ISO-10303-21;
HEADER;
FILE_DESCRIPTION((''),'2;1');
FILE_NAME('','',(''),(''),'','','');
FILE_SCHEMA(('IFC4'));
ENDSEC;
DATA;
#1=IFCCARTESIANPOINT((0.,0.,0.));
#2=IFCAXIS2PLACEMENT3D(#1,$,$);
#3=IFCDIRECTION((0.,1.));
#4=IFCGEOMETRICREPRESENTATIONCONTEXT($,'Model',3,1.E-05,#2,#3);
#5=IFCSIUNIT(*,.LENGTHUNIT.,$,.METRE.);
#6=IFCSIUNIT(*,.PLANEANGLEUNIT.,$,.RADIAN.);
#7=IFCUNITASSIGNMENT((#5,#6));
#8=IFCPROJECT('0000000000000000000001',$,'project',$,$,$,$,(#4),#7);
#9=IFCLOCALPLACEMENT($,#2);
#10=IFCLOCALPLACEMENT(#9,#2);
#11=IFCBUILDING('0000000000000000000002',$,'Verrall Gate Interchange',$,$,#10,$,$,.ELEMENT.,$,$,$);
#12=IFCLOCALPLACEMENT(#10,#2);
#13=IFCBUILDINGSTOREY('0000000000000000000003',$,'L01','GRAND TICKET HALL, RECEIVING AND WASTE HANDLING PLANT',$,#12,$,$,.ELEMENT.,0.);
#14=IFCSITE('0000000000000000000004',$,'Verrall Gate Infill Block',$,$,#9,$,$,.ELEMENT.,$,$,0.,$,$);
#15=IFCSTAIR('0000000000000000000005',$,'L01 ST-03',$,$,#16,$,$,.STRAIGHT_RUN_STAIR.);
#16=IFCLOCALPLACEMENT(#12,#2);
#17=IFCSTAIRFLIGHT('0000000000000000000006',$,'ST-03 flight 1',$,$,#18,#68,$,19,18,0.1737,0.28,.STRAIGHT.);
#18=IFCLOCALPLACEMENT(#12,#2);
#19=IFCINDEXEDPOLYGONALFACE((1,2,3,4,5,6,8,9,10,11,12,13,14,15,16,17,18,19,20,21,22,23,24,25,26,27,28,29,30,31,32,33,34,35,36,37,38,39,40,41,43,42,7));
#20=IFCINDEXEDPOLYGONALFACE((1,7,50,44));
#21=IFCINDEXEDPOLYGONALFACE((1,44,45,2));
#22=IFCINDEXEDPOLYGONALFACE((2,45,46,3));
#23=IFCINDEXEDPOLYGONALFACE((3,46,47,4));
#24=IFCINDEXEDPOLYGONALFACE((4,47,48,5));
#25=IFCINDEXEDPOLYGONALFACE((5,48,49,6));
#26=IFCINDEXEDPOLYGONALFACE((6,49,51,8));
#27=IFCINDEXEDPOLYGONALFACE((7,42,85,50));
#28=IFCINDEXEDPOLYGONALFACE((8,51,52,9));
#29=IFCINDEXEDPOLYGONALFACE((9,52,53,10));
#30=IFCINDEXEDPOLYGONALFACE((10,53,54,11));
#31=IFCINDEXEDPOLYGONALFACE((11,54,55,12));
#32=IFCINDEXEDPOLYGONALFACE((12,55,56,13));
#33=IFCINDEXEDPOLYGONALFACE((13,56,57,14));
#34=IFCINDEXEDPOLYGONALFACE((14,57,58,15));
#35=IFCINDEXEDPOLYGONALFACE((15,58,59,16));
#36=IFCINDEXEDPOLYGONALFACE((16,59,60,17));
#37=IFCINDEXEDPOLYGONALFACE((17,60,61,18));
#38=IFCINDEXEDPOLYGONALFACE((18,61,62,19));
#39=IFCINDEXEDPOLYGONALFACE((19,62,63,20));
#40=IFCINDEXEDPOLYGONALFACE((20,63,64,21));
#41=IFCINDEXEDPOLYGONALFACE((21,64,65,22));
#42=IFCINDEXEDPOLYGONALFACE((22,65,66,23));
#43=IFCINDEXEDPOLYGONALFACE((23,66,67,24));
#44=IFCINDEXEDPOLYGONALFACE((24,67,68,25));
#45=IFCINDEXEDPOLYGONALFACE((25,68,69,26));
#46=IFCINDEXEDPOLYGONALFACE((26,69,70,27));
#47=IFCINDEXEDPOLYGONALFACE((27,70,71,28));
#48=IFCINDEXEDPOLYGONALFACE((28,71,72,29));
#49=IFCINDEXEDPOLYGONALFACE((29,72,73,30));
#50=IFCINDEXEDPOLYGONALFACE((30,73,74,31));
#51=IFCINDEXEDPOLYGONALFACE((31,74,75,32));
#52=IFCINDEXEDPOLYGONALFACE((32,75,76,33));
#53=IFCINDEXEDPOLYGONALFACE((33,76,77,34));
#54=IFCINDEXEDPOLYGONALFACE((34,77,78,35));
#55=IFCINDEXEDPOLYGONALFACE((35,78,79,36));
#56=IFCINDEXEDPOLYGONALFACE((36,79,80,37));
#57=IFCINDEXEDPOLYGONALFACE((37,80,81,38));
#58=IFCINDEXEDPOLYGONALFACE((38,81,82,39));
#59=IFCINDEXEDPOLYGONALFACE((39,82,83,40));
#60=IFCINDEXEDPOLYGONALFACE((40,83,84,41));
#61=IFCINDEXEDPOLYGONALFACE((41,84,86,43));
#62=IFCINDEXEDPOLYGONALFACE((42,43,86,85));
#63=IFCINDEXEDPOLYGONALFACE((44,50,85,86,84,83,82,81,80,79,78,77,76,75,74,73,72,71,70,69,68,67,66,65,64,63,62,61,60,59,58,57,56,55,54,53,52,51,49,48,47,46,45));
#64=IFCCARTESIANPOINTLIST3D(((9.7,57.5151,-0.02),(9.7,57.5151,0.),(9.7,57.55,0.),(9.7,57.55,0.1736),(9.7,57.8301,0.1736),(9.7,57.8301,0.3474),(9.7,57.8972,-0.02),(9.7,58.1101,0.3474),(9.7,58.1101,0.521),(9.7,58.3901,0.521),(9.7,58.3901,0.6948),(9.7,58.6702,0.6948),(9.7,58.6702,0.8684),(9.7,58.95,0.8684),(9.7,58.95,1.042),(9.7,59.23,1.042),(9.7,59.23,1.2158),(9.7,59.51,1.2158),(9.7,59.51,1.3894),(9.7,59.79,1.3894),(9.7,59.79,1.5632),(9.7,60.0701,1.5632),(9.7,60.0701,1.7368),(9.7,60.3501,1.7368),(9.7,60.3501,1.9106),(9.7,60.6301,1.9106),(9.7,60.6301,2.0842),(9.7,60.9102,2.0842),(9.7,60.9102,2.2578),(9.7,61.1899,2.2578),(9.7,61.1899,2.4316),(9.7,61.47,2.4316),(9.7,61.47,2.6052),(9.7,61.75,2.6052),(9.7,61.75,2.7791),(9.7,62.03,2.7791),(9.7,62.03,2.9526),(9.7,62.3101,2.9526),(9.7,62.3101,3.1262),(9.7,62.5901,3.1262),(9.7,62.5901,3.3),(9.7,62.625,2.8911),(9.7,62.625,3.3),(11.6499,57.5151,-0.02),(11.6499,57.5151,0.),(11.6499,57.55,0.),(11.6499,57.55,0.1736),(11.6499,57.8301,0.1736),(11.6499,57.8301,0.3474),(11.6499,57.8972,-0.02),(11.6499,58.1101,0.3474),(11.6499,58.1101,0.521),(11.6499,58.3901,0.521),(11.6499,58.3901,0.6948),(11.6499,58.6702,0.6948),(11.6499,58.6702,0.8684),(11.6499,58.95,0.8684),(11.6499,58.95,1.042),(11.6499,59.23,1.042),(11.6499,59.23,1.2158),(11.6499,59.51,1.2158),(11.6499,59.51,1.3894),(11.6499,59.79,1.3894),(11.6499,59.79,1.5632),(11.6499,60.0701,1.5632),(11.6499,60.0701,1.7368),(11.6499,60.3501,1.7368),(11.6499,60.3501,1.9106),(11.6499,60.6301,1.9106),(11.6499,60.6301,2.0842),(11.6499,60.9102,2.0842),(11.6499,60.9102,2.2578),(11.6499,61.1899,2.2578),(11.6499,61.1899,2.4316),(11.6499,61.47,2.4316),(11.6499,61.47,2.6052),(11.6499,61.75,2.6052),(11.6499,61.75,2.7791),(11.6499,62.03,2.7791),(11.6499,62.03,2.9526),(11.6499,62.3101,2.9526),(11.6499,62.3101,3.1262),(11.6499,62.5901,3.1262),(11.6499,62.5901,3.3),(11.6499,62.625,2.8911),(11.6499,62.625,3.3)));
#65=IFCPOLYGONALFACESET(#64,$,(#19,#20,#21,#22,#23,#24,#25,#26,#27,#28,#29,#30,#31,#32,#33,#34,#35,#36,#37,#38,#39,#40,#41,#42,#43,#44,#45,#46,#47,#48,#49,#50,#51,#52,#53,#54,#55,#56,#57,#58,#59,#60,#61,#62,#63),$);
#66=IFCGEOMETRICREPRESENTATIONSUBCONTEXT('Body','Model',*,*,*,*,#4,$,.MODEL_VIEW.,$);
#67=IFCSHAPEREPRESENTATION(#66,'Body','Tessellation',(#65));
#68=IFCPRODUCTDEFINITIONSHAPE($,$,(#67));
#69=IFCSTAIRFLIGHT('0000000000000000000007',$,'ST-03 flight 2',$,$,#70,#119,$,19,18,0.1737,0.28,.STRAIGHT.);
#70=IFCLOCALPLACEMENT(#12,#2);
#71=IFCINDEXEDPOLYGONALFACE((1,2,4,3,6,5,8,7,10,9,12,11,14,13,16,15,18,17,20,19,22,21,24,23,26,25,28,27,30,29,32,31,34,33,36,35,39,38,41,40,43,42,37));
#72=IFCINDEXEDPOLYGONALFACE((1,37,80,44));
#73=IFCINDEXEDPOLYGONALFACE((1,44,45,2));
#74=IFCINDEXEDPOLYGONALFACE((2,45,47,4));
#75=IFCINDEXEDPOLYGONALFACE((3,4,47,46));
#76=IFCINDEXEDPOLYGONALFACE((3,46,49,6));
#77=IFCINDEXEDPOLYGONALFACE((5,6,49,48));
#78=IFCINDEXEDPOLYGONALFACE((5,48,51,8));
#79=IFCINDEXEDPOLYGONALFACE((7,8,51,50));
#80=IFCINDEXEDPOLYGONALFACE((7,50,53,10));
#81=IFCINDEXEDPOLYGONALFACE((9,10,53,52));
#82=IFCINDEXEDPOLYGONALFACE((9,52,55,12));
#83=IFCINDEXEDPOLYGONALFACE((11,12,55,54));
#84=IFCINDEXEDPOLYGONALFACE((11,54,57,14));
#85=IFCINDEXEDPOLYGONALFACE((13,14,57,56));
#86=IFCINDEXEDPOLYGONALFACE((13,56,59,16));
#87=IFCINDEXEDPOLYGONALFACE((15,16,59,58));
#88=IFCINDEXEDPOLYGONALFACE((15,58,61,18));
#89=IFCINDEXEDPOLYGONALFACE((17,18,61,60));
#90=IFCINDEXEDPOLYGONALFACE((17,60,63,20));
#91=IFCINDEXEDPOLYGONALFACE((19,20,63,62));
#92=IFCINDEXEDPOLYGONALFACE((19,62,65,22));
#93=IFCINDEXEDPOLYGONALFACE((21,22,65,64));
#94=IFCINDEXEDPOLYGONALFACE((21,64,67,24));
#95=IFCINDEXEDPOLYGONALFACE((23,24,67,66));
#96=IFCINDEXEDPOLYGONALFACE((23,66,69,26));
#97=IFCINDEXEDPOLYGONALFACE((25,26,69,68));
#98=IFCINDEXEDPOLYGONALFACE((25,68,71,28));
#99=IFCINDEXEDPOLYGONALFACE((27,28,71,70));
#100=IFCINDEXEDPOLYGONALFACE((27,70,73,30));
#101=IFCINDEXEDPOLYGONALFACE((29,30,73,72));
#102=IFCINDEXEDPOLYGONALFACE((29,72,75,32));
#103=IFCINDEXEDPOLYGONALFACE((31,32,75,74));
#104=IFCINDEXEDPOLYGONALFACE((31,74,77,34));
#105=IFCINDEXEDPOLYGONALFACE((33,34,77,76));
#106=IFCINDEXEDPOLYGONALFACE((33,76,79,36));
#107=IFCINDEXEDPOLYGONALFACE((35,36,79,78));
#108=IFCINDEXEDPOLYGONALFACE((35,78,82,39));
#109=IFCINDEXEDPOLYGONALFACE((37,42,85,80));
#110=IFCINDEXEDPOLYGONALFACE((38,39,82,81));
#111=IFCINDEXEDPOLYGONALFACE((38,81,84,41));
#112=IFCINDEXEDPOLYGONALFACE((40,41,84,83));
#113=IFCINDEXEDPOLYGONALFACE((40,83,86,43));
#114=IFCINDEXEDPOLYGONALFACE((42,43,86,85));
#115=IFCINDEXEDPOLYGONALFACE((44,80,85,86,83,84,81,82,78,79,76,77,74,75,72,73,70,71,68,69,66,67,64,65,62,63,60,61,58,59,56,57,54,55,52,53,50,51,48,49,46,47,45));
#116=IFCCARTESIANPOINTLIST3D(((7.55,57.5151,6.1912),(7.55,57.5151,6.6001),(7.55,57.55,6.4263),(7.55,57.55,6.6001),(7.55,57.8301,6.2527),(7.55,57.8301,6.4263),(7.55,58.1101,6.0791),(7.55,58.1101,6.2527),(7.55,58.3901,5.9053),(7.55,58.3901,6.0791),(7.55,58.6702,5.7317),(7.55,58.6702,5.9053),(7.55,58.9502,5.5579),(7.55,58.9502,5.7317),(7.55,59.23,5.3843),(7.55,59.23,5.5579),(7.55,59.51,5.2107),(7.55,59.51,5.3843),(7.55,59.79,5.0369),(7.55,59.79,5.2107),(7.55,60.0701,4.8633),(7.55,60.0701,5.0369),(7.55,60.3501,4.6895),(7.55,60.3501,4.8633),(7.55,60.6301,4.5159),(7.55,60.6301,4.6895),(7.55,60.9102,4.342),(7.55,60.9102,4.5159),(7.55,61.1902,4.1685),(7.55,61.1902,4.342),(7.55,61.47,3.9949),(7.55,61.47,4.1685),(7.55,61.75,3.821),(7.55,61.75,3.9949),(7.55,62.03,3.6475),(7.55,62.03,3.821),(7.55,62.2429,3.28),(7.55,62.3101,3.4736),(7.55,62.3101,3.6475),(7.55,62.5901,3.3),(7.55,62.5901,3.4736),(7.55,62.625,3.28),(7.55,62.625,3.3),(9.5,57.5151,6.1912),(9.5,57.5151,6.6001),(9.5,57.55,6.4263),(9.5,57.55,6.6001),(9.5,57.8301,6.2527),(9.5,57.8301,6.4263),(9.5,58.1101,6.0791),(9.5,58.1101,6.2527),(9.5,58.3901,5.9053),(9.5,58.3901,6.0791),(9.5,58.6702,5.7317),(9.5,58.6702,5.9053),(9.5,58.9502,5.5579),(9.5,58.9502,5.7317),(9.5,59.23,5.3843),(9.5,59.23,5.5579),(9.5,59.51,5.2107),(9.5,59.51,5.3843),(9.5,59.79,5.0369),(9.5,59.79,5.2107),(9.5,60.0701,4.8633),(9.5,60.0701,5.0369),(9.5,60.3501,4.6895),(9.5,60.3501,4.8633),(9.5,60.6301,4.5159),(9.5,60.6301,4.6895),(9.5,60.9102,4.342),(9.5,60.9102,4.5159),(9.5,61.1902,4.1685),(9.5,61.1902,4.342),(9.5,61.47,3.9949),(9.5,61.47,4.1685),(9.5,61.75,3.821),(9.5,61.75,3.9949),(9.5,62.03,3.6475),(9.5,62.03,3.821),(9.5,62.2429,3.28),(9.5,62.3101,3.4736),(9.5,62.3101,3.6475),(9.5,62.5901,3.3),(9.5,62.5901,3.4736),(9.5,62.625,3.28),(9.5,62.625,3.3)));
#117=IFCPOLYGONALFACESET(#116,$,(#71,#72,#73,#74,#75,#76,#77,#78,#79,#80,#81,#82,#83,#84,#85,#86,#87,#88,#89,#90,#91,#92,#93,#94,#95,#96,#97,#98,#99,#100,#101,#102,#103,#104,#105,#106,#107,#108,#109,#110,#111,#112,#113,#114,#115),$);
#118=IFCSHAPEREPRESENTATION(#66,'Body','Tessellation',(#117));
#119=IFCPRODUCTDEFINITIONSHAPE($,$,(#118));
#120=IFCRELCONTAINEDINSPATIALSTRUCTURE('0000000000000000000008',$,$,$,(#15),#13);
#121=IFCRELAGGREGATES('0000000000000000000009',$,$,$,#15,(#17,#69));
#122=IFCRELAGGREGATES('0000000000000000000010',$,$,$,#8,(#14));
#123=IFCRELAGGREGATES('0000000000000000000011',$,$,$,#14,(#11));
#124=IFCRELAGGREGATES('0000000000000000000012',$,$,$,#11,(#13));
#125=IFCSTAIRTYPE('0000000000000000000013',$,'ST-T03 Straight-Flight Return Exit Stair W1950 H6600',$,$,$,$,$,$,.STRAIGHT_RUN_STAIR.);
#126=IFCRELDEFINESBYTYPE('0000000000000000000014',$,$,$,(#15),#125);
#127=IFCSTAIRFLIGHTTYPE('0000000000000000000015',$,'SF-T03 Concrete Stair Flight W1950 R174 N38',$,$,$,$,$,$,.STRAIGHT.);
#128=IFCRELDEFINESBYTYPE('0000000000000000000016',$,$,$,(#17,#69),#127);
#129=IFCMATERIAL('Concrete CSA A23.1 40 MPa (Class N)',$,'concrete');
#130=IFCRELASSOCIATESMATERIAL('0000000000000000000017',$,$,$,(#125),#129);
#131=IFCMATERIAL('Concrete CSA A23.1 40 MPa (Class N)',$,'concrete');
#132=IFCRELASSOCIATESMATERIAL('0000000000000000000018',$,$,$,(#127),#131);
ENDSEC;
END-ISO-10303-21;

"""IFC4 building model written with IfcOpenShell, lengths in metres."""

from ifc_helpers import new_model, si_unit, direction, frame, origin, place, context, subcontext, project, spatial, polyline, outline, extrude, material, type_object, element, aggregate, save


model = new_model("IFC4")

# Units and contexts
model_context = context("Model", 3, precision=1e-05, world=origin(), true_north=direction((0.0, 1.0)))
body_context = subcontext(model_context, "Body", "Model", "MODEL_VIEW")
ifc_project = project(units=[si_unit("LENGTHUNIT", "METRE"), si_unit("PLANEANGLEUNIT", "RADIAN")], contexts=[model_context])

# Site, building, storey
site_placement = place(None, origin())
site = spatial("IfcSite", under=ifc_project, at=site_placement, Name="Verrall Gate Infill Block", CompositionType="ELEMENT", RefElevation=0.0)
building_placement = place(site_placement, origin())
building = spatial("IfcBuilding", under=site, at=building_placement, Name="Verrall Gate Interchange", CompositionType="ELEMENT")
storey_placement = place(building_placement, origin())
storey = spatial("IfcBuildingStorey", under=building, at=storey_placement, Name="L01", Description="GRAND TICKET HALL, RECEIVING AND WASTE HANDLING PLANT", CompositionType="ELEMENT", Elevation=0.0)

# Stair, stair flights
ifc_material_1 = material(Name="Concrete CSA A23.1 40 MPa (Class N)", Category="concrete")
stair_type = type_object("IfcStairType", Name="ST-T03 Straight-Flight Return Exit Stair W1950 H6600", PredefinedType="STRAIGHT_RUN_STAIR", material=ifc_material_1)
stair_placement = place(storey_placement, origin())
stair = element("IfcStair", 1, at=stair_placement, inside=storey, type_object=stair_type, Name="L01 ST-03", PredefinedType="STRAIGHT_RUN_STAIR")
ifc_material_2 = material(Name="Concrete CSA A23.1 40 MPa (Class N)", Category="concrete")
stair_flight_type = type_object("IfcStairFlightType", Name="SF-T03 Concrete Stair Flight W1950 R174 N38", PredefinedType="STRAIGHT", material=ifc_material_2)
stair_flight_1_placement = place(storey_placement, frame((10.675, 57.55, 0.0), z_axis=(0.0, 0.0, 1.0), x_axis=(0.0, 1.0, 0.0)))
stair_flight_1 = element("IfcStairFlight", 2, at=stair_flight_1_placement, type_object=stair_flight_type, Name="ST-03 flight 1", NumberOfRisers=19, NumberOfTreads=18, PredefinedType="STRAIGHT", RiserHeight=0.1737, TreadLength=0.28, context=body_context, shape_type="SweptSolid", body=[
    extrude(outline(polyline([(-0.0349, -0.02), (-0.0349, 0.0), (0.0, 0.0), (0.0, 0.1736), (0.28, 0.1736), (0.28, 0.3474), (0.5601, 0.3474), (0.5601, 0.521), (0.8401, 0.521), (0.8401, 0.6948), (1.1201, 0.6948), (1.1201, 0.8684), (1.3999, 0.8684), (1.3999, 1.042), (1.6799, 1.042), (1.6799, 1.2158), (1.96, 1.2158), (1.96, 1.3894), (2.24, 1.3894), (2.24, 1.5632), (2.52, 1.5632), (2.52, 1.7368), (2.8, 1.7368), (2.8, 1.9106), (3.0801, 1.9106), (3.0801, 2.0842), (3.3601, 2.0842), (3.3601, 2.2578), (3.6399, 2.2578), (3.6399, 2.4316), (3.9199, 2.4316), (3.9199, 2.6052), (4.2, 2.6052), (4.2, 2.7791), (4.48, 2.7791), (4.48, 2.9526), (4.76, 2.9526), (4.76, 3.1262), (5.04, 3.1262), (5.04, 3.3), (5.075, 3.3), (5.075, 2.8911), (0.3472, -0.02), (-0.0349, -0.02)])), frame((0.0, 0.9751, 0.0), z_axis=(0.0, -1.0, 0.0), x_axis=(1.0, 0.0, 0.0)), (0.0, 0.0, 1.0), 1.95),
])
stair_flight_2_placement = place(storey_placement, frame((8.5249, 62.5901, 3.3), z_axis=(0.0, 0.0, 1.0), x_axis=(0.0, -1.0, 0.0)))
stair_flight_2 = element("IfcStairFlight", 3, at=stair_flight_2_placement, type_object=stair_flight_type, Name="ST-03 flight 2", NumberOfRisers=19, NumberOfTreads=18, PredefinedType="STRAIGHT", RiserHeight=0.1737, TreadLength=0.28, context=body_context, shape_type="SweptSolid", body=[
    extrude(outline(polyline([(-0.0349, -0.02), (-0.0349, 0.0), (0.0, 0.0), (0.0, 0.1736), (0.28, 0.1736), (0.28, 0.3474), (0.5601, 0.3474), (0.5601, 0.521), (0.8401, 0.521), (0.8401, 0.6948), (1.1201, 0.6948), (1.1201, 0.8684), (1.3999, 0.8684), (1.3999, 1.042), (1.6799, 1.042), (1.6799, 1.2158), (1.96, 1.2158), (1.96, 1.3894), (2.24, 1.3894), (2.24, 1.5632), (2.52, 1.5632), (2.52, 1.7368), (2.8, 1.7368), (2.8, 1.9106), (3.0801, 1.9106), (3.0801, 2.0842), (3.3601, 2.0842), (3.3601, 2.2578), (3.6399, 2.2578), (3.6399, 2.4316), (3.9199, 2.4316), (3.9199, 2.6052), (4.2, 2.6052), (4.2, 2.7791), (4.48, 2.7791), (4.48, 2.9526), (4.76, 2.9526), (4.76, 3.1262), (5.04, 3.1262), (5.04, 3.3), (5.075, 3.3), (5.075, 2.8911), (0.3472, -0.02), (-0.0349, -0.02)])), frame((0.0, 0.9751, 0.0), z_axis=(0.0, -1.0, 0.0), x_axis=(1.0, 0.0, 0.0)), (0.0, 0.0, 1.0), 1.95),
])
aggregate(stair, [stair_flight_1, stair_flight_2])

save(model, "model.ifc")
